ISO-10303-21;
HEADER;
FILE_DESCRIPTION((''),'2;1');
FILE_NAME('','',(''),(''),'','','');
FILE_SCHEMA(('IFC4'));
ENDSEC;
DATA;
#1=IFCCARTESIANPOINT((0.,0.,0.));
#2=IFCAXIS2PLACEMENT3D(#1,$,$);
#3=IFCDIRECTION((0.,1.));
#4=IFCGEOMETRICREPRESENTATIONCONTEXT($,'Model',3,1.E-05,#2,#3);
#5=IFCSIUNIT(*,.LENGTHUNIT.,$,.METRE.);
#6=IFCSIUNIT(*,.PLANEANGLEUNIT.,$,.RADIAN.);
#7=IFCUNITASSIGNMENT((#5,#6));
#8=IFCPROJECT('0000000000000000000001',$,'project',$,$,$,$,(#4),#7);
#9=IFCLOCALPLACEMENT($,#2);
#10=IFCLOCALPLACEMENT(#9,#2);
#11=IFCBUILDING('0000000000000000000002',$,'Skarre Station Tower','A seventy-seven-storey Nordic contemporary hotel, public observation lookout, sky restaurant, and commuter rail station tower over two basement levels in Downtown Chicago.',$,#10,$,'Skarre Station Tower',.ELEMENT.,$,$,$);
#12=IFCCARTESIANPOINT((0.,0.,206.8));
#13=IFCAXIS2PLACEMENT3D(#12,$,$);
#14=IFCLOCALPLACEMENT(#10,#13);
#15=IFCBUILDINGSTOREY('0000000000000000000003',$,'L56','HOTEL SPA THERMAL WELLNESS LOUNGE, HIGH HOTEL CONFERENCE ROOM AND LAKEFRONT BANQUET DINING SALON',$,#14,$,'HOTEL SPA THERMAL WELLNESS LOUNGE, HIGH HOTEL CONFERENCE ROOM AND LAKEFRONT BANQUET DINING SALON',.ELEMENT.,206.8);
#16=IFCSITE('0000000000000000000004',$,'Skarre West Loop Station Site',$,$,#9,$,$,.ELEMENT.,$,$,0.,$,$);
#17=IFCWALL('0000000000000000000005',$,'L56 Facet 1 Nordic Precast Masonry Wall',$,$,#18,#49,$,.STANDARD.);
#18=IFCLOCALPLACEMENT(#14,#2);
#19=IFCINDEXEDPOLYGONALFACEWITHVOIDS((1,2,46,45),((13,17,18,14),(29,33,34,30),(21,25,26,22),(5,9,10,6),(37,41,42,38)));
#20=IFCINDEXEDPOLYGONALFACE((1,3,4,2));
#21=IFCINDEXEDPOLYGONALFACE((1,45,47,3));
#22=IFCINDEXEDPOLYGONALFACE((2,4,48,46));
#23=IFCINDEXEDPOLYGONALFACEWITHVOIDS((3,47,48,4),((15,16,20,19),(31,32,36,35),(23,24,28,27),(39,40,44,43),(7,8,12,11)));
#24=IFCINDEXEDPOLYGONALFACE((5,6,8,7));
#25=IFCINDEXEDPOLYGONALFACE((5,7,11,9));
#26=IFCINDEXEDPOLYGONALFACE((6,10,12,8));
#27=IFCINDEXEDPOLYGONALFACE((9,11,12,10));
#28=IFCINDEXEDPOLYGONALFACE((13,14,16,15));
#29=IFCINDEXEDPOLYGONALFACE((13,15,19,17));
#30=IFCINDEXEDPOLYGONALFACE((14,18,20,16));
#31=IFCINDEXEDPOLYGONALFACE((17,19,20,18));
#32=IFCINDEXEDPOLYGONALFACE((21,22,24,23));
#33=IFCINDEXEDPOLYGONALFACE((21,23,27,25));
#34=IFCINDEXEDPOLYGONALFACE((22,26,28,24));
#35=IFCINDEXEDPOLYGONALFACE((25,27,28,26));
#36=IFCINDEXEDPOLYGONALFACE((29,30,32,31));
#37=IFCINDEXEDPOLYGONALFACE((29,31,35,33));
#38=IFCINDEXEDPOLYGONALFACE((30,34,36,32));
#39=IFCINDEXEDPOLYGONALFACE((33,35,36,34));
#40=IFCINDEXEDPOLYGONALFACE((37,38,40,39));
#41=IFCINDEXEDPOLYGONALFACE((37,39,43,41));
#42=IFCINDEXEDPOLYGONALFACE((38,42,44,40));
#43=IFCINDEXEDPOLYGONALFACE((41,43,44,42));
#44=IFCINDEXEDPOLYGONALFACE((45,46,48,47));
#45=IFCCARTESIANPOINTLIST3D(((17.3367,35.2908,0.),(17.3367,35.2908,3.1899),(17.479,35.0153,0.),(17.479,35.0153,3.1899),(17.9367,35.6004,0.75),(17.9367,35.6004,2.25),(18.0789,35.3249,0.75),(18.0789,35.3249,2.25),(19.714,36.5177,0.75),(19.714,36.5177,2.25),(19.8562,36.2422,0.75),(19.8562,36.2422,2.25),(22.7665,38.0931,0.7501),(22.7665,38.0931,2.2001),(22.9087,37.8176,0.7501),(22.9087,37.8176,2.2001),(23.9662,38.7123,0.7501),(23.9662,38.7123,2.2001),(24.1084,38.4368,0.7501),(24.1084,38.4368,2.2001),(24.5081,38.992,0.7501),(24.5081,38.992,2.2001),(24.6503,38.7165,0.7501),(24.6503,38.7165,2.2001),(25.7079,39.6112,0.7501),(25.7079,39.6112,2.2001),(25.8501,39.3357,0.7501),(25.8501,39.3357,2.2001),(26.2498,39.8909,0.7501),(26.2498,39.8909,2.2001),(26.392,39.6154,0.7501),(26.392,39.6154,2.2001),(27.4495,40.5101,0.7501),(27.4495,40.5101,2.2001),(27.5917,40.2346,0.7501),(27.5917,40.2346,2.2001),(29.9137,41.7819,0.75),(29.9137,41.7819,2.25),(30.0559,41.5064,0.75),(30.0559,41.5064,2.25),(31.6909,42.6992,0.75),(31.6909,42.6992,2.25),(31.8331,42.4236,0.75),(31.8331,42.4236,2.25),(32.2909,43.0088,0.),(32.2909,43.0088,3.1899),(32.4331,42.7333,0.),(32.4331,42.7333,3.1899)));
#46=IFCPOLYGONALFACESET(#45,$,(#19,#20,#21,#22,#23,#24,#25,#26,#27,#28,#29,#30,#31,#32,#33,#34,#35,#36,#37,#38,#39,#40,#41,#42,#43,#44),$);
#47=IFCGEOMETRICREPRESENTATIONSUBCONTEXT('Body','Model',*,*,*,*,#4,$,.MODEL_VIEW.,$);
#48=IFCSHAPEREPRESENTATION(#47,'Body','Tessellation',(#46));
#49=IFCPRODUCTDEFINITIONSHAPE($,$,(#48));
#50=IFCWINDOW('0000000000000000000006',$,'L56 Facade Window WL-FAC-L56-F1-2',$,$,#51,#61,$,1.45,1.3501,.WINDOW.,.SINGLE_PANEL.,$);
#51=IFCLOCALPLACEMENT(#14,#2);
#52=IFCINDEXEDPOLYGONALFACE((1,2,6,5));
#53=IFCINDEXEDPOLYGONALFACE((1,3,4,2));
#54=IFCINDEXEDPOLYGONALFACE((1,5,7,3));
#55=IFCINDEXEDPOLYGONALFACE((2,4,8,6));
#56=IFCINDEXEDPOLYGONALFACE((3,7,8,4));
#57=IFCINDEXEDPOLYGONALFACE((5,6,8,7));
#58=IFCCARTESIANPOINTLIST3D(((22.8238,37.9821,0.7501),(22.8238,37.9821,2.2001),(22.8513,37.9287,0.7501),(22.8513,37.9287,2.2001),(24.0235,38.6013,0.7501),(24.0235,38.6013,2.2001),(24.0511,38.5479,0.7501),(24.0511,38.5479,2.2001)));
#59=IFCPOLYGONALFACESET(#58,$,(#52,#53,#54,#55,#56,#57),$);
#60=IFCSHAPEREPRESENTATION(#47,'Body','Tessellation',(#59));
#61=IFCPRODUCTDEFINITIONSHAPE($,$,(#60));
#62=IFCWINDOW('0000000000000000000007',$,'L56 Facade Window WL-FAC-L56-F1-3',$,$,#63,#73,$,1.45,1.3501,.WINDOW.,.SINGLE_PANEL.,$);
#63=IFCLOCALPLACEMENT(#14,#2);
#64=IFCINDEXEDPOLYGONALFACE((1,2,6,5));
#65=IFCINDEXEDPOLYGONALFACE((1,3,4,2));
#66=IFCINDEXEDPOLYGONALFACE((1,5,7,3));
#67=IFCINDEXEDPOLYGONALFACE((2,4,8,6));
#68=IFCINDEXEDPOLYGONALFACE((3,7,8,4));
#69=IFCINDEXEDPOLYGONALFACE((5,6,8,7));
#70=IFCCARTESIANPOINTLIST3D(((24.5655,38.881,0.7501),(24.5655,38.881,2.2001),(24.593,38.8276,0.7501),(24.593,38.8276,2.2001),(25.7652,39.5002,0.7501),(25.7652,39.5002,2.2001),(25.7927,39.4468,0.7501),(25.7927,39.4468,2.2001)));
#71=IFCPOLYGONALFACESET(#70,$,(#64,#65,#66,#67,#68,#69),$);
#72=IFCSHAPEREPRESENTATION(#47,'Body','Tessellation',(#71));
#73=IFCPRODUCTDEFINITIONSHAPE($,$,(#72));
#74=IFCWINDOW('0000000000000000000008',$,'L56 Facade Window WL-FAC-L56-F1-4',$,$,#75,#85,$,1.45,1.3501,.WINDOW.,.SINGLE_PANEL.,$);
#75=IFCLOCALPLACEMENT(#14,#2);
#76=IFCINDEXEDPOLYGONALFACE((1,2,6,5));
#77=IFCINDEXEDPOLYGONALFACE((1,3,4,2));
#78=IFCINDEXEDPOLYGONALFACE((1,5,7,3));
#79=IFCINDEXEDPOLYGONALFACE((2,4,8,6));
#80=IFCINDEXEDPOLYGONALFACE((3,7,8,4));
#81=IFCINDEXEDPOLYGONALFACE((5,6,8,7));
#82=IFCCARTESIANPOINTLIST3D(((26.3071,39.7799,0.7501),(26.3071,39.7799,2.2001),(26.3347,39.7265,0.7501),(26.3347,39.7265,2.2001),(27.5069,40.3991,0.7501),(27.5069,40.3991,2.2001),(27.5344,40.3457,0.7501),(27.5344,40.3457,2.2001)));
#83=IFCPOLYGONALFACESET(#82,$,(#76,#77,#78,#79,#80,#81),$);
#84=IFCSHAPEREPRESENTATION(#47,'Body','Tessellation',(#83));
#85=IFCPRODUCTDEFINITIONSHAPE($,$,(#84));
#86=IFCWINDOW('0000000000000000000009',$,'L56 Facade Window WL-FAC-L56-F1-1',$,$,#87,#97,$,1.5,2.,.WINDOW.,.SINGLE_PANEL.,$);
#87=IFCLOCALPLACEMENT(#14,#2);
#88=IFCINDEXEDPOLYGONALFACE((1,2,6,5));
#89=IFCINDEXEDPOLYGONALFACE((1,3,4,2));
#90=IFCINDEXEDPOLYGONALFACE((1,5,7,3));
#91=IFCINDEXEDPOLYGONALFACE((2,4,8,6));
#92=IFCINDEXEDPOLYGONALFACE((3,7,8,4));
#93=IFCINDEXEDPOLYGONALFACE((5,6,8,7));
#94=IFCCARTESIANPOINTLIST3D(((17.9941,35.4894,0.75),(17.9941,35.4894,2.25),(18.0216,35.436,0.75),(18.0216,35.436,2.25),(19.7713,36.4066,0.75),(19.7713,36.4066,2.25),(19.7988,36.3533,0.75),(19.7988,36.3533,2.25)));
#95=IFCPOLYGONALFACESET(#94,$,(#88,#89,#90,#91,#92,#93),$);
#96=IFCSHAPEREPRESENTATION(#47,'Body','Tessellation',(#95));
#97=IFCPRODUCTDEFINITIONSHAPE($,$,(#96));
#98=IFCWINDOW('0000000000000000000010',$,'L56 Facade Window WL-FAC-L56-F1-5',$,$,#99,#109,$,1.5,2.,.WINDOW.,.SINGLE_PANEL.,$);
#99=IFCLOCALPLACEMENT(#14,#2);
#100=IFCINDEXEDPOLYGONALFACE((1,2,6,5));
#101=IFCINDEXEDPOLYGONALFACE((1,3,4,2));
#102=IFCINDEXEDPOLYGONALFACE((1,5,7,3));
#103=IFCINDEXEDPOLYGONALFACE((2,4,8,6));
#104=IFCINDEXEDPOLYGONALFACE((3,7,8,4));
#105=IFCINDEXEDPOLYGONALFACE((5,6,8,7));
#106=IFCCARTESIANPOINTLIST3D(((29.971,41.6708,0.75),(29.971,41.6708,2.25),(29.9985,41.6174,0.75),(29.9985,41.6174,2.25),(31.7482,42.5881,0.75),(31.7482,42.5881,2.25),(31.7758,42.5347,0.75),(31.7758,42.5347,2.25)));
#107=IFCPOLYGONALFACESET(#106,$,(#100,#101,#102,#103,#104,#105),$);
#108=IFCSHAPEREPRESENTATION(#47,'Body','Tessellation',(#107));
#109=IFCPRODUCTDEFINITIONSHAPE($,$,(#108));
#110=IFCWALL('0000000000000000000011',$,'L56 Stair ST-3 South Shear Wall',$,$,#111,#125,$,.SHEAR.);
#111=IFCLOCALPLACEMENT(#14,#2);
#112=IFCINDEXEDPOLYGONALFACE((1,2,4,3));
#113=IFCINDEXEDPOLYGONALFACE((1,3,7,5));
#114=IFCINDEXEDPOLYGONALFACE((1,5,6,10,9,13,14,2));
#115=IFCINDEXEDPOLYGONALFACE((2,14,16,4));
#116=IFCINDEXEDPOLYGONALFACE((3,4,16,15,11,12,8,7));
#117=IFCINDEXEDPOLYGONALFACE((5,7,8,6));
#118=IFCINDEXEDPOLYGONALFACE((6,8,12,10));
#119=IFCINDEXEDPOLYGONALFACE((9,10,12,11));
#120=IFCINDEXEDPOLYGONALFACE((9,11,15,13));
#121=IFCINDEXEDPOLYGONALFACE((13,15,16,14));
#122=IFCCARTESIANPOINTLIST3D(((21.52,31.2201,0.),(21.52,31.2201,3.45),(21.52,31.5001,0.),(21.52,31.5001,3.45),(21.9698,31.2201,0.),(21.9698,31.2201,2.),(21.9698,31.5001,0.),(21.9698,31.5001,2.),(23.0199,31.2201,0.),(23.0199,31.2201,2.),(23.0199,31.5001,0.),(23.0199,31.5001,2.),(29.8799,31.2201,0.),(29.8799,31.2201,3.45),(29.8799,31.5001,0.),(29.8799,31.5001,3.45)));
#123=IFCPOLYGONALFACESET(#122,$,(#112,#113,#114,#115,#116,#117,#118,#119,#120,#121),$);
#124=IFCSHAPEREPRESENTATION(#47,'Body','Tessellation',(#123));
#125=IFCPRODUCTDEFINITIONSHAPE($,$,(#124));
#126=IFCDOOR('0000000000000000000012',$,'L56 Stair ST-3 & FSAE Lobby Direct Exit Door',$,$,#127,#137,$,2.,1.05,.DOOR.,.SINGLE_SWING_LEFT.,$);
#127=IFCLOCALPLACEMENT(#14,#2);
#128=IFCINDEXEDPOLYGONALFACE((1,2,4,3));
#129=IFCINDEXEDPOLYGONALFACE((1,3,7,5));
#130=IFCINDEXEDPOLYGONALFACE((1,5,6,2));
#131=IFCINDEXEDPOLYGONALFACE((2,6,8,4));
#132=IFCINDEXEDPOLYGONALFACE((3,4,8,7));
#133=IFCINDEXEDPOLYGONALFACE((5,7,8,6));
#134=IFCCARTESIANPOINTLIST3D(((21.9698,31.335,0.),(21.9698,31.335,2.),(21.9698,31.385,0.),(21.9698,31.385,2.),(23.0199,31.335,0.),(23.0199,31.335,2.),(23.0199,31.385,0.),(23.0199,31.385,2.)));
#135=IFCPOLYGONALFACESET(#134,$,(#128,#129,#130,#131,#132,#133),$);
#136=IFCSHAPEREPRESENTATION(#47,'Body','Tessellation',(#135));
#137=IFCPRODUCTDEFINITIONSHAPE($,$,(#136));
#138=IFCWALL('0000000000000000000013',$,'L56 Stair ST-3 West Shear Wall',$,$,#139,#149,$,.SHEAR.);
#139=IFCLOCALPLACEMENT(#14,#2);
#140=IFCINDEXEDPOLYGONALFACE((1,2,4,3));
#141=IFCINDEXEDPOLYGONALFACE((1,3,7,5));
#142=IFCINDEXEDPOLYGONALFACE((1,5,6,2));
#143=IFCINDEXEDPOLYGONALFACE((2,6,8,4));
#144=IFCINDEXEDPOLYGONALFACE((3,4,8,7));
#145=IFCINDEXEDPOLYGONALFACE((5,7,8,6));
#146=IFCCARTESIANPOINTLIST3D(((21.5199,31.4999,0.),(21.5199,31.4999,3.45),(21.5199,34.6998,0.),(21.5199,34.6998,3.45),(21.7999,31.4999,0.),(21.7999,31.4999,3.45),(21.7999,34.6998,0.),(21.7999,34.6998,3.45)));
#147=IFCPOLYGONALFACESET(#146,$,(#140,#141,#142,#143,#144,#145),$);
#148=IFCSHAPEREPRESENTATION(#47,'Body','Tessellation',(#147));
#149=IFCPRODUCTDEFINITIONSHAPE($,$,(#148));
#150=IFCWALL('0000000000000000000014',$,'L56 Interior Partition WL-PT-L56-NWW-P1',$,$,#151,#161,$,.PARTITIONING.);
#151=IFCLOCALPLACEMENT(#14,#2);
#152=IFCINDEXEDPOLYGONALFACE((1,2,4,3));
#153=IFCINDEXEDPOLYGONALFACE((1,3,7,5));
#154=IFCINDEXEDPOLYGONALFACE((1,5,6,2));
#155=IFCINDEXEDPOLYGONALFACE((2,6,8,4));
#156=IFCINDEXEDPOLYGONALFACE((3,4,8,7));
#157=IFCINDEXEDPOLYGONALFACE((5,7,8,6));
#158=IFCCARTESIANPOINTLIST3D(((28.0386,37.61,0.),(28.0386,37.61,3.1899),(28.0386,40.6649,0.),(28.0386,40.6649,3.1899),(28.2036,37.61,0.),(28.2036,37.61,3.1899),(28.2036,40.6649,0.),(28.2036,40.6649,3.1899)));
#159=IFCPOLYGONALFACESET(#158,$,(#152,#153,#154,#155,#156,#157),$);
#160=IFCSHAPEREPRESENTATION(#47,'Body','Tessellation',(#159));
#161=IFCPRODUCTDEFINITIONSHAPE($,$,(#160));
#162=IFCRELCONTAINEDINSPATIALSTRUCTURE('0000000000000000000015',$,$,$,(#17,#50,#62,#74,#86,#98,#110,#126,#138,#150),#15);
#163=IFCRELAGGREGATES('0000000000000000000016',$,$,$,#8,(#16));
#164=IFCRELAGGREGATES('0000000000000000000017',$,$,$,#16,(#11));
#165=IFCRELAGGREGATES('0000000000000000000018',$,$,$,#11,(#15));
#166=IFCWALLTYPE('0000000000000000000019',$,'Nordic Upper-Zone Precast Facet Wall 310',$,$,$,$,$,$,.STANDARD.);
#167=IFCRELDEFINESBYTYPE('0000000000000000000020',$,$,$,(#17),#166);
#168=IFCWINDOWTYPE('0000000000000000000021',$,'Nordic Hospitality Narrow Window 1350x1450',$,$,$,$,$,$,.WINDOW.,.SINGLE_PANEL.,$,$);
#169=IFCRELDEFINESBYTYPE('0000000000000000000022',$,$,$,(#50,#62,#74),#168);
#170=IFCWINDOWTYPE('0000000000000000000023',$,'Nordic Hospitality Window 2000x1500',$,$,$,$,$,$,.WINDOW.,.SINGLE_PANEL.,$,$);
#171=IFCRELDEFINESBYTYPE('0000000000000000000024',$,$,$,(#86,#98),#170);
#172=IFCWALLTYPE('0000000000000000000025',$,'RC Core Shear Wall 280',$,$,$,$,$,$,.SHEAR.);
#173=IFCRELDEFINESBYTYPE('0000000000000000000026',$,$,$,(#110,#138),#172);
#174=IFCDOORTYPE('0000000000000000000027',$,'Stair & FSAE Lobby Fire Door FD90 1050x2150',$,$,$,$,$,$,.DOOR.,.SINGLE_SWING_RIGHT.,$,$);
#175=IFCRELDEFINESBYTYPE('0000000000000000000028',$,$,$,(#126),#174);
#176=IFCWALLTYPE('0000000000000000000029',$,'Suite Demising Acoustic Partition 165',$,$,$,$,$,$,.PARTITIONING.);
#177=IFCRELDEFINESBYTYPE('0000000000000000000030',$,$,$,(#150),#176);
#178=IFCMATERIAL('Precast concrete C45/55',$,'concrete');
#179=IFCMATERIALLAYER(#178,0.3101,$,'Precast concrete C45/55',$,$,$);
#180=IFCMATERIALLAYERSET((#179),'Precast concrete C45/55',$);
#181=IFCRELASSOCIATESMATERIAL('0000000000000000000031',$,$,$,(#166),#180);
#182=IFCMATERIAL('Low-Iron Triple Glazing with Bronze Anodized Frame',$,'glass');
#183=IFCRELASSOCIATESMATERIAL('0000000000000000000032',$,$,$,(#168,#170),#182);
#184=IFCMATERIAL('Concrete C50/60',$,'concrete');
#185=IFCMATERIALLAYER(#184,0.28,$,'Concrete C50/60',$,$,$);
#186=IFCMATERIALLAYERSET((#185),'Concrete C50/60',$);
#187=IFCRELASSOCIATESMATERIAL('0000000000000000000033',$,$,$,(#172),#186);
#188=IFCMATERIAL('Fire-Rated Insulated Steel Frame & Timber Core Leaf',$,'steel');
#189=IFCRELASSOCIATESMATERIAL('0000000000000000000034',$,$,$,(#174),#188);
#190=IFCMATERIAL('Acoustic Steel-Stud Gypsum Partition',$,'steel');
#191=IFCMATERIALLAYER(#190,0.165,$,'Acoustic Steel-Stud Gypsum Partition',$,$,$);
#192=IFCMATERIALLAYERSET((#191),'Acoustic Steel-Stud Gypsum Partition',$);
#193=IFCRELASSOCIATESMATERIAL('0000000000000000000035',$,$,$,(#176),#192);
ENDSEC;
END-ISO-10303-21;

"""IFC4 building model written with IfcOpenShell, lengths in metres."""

from ifc_helpers import new_model, si_unit, direction, frame, frame_2d, origin, place, context, subcontext, project, spatial, rectangle, extrude, material, layer, layer_set, type_object, element, fill, save


model = new_model("IFC4")

# Units and contexts
model_context = context("Model", 3, precision=1e-05, world=origin(), true_north=direction((0.0, 1.0)))
body_context = subcontext(model_context, "Body", "Model", "MODEL_VIEW")
ifc_project = project(units=[si_unit("LENGTHUNIT", "METRE"), si_unit("PLANEANGLEUNIT", "RADIAN")], contexts=[model_context])

# Site, building, storey
site_placement = place(None, origin())
site = spatial("IfcSite", under=ifc_project, at=site_placement, Name="Skarre West Loop Station Site", CompositionType="ELEMENT", RefElevation=0.0)
building_placement = place(site_placement, origin())
building = spatial("IfcBuilding", under=site, at=building_placement, Name="Skarre Station Tower", Description="A seventy-seven-storey Nordic contemporary hotel, public observation lookout, sky restaurant, and commuter rail station tower over two basement levels in Downtown Chicago.", LongName="Skarre Station Tower", CompositionType="ELEMENT")
storey_placement = place(building_placement, frame((0.0, 0.0, 206.8)))
storey = spatial("IfcBuildingStorey", under=building, at=storey_placement, Name="L56", Description="HOTEL SPA THERMAL WELLNESS LOUNGE, HIGH HOTEL CONFERENCE ROOM AND LAKEFRONT BANQUET DINING SALON", LongName="HOTEL SPA THERMAL WELLNESS LOUNGE, HIGH HOTEL CONFERENCE ROOM AND LAKEFRONT BANQUET DINING SALON", CompositionType="ELEMENT", Elevation=206.8)

# Shared definitions
ifc_material_1 = material(Name="Concrete C50/60", Category="concrete")

# Shared definitions
ifc_material_2 = material(Name="Acoustic Steel-Stud Gypsum Partition", Category="steel")

# Shared definitions
ifc_material_3 = material(Name="Precast concrete C45/55", Category="concrete")

# Wall, openings, windows
ifc_layer_1 = layer(ifc_material_3, 0.3101, Name="Precast concrete C45/55")
ifc_layer_set_1 = layer_set([ifc_layer_1], Name="Precast concrete C45/55")
wall_type_1 = type_object("IfcWallType", Name="Nordic Upper-Zone Precast Facet Wall 310", PredefinedType="STANDARD", material=ifc_layer_set_1)
wall_1_placement = place(storey_placement, frame((17.408, 35.1531, 0.0), z_axis=(0.0, 0.0, 1.0), x_axis=(0.888626, 0.458632, 0.0)))
wall_1 = element("IfcWall", 1, at=wall_1_placement, inside=storey, type_object=wall_type_1, Name="L56 Facet 1 Nordic Precast Masonry Wall", PredefinedType="STANDARD", context=body_context, shape_type="SweptSolid", body=[
    extrude(rectangle(XDim=16.8284, YDim=0.3101, at=frame_2d((8.4141, 0.0))), origin(), (0.0, 0.0, 1.0), 3.1899),
])
opening_1_placement = place(wall_1_placement, frame((0.675, 0.0, 0.75)))
opening_1 = element("IfcOpeningElement", 2, at=opening_1_placement, cuts=wall_1, PredefinedType="OPENING", context=body_context, shape_type="SweptSolid", body=[
    extrude(rectangle(XDim=2.0, YDim=1.5, at=frame_2d((1.0, 0.75))), frame((0.0, 0.165, 0.0), z_axis=(0.0, -1.0, 0.0), x_axis=(1.0, 0.0, 0.0)), (0.0, 0.0, 1.0), 0.3301),
])
opening_2_placement = place(wall_1_placement, frame((6.1101, 0.0, 0.75)))
opening_2 = element("IfcOpeningElement", 3, at=opening_2_placement, cuts=wall_1, PredefinedType="OPENING", context=body_context, shape_type="SweptSolid", body=[
    extrude(rectangle(XDim=1.3501, YDim=1.45, at=frame_2d((0.675, 0.7251))), frame((0.0, 0.165, 0.0), z_axis=(0.0, -1.0, 0.0), x_axis=(1.0, 0.0, 0.0)), (0.0, 0.0, 1.0), 0.3301),
])
opening_3_placement = place(wall_1_placement, frame((8.0701, 0.0, 0.75)))
opening_3 = element("IfcOpeningElement", 4, at=opening_3_placement, cuts=wall_1, PredefinedType="OPENING", context=body_context, shape_type="SweptSolid", body=[
    extrude(rectangle(XDim=1.3501, YDim=1.45, at=frame_2d((0.675, 0.7251))), frame((0.0, 0.165, 0.0), z_axis=(0.0, -1.0, 0.0), x_axis=(1.0, 0.0, 0.0)), (0.0, 0.0, 1.0), 0.3301),
])
opening_4_placement = place(wall_1_placement, frame((10.03, 0.0, 0.75)))
opening_4 = element("IfcOpeningElement", 5, at=opening_4_placement, cuts=wall_1, PredefinedType="OPENING", context=body_context, shape_type="SweptSolid", body=[
    extrude(rectangle(XDim=1.3501, YDim=1.45, at=frame_2d((0.675, 0.7251))), frame((0.0, 0.165, 0.0), z_axis=(0.0, -1.0, 0.0), x_axis=(1.0, 0.0, 0.0)), (0.0, 0.0, 1.0), 0.3301),
])
opening_5_placement = place(wall_1_placement, frame((14.1531, 0.0, 0.75)))
opening_5 = element("IfcOpeningElement", 6, at=opening_5_placement, cuts=wall_1, PredefinedType="OPENING", context=body_context, shape_type="SweptSolid", body=[
    extrude(rectangle(XDim=2.0, YDim=1.5, at=frame_2d((1.0, 0.75))), frame((0.0, 0.165, 0.0), z_axis=(0.0, -1.0, 0.0), x_axis=(1.0, 0.0, 0.0)), (0.0, 0.0, 1.0), 0.3301),
])
ifc_material_4 = material(Name="Low-Iron Triple Glazing with Bronze Anodized Frame", Category="glass")
window_type_1 = type_object("IfcWindowType", Name="Nordic Hospitality Narrow Window 1350x1450", PartitioningType="SINGLE_PANEL", PredefinedType="WINDOW", material=ifc_material_4)
window_1_placement = place(opening_2_placement, origin())
window_1 = element("IfcWindow", 7, at=window_1_placement, inside=storey, type_object=window_type_1, Name="L56 Facade Window WL-FAC-L56-F1-2", OverallHeight=1.45, OverallWidth=1.3501, PartitioningType="SINGLE_PANEL", PredefinedType="WINDOW", context=body_context, shape_type="SweptSolid", body=[
    extrude(rectangle(XDim=1.3501, YDim=1.45, at=frame_2d((0.675, 0.7251))), frame((0.0, 0.03, 0.0), z_axis=(0.0, -1.0, 0.0), x_axis=(1.0, 0.0, 0.0)), (0.0, 0.0, 1.0), 0.0601),
])
fill(opening_2, window_1)
window_2_placement = place(opening_3_placement, origin())
window_2 = element("IfcWindow", 8, at=window_2_placement, inside=storey, type_object=window_type_1, Name="L56 Facade Window WL-FAC-L56-F1-3", OverallHeight=1.45, OverallWidth=1.3501, PartitioningType="SINGLE_PANEL", PredefinedType="WINDOW", context=body_context, shape_type="SweptSolid", body=[
    extrude(rectangle(XDim=1.3501, YDim=1.45, at=frame_2d((0.675, 0.7251))), frame((0.0, 0.03, 0.0), z_axis=(0.0, -1.0, 0.0), x_axis=(1.0, 0.0, 0.0)), (0.0, 0.0, 1.0), 0.0601),
])
fill(opening_3, window_2)
window_3_placement = place(opening_4_placement, origin())
window_3 = element("IfcWindow", 9, at=window_3_placement, inside=storey, type_object=window_type_1, Name="L56 Facade Window WL-FAC-L56-F1-4", OverallHeight=1.45, OverallWidth=1.3501, PartitioningType="SINGLE_PANEL", PredefinedType="WINDOW", context=body_context, shape_type="SweptSolid", body=[
    extrude(rectangle(XDim=1.3501, YDim=1.45, at=frame_2d((0.675, 0.7251))), frame((0.0, 0.03, 0.0), z_axis=(0.0, -1.0, 0.0), x_axis=(1.0, 0.0, 0.0)), (0.0, 0.0, 1.0), 0.0601),
])
fill(opening_4, window_3)
window_type_2 = type_object("IfcWindowType", Name="Nordic Hospitality Window 2000x1500", PartitioningType="SINGLE_PANEL", PredefinedType="WINDOW", material=ifc_material_4)
window_4_placement = place(opening_1_placement, origin())
window_4 = element("IfcWindow", 10, at=window_4_placement, inside=storey, type_object=window_type_2, Name="L56 Facade Window WL-FAC-L56-F1-1", OverallHeight=1.5, OverallWidth=2.0, PartitioningType="SINGLE_PANEL", PredefinedType="WINDOW", context=body_context, shape_type="SweptSolid", body=[
    extrude(rectangle(XDim=2.0, YDim=1.5, at=frame_2d((1.0, 0.75))), frame((0.0, 0.03, 0.0), z_axis=(0.0, -1.0, 0.0), x_axis=(1.0, 0.0, 0.0)), (0.0, 0.0, 1.0), 0.0601),
])
fill(opening_1, window_4)
window_5_placement = place(opening_5_placement, origin())
window_5 = element("IfcWindow", 11, at=window_5_placement, inside=storey, type_object=window_type_2, Name="L56 Facade Window WL-FAC-L56-F1-5", OverallHeight=1.5, OverallWidth=2.0, PartitioningType="SINGLE_PANEL", PredefinedType="WINDOW", context=body_context, shape_type="SweptSolid", body=[
    extrude(rectangle(XDim=2.0, YDim=1.5, at=frame_2d((1.0, 0.75))), frame((0.0, 0.03, 0.0), z_axis=(0.0, -1.0, 0.0), x_axis=(1.0, 0.0, 0.0)), (0.0, 0.0, 1.0), 0.0601),
])
fill(opening_5, window_5)

# Wall, opening, door
ifc_layer_2 = layer(ifc_material_1, 0.28, Name="Concrete C50/60")
ifc_layer_set_2 = layer_set([ifc_layer_2], Name="Concrete C50/60")
wall_type_2 = type_object("IfcWallType", Name="RC Core Shear Wall 280", PredefinedType="SHEAR", material=ifc_layer_set_2)
wall_2_placement = place(storey_placement, frame((21.52, 31.3601, 0.0), z_axis=(0.0, 0.0, 1.0), x_axis=(1.0, 0.0, 0.0)))
wall_2 = element("IfcWall", 12, at=wall_2_placement, inside=storey, type_object=wall_type_2, Name="L56 Stair ST-3 South Shear Wall", PredefinedType="SHEAR", context=body_context, shape_type="SweptSolid", body=[
    extrude(rectangle(XDim=8.3599, YDim=0.28, at=frame_2d((4.1799, 0.0))), origin(), (0.0, 0.0, 1.0), 3.45),
])
opening_6_placement = place(wall_2_placement, frame((0.45, 0.0, 0.0)))
opening_6 = element("IfcOpeningElement", 13, at=opening_6_placement, cuts=wall_2, PredefinedType="OPENING", context=body_context, shape_type="SweptSolid", body=[
    extrude(rectangle(XDim=1.05, YDim=2.0, at=frame_2d((0.5249, 1.0))), frame((0.0, 0.1499, 0.0), z_axis=(0.0, -1.0, 0.0), x_axis=(1.0, 0.0, 0.0)), (0.0, 0.0, 1.0), 0.3),
])
ifc_material_5 = material(Name="Fire-Rated Insulated Steel Frame & Timber Core Leaf", Category="steel")
door_type_1 = type_object("IfcDoorType", Name="Stair & FSAE Lobby Fire Door FD90 1050x2150", OperationType="SINGLE_SWING_RIGHT", PredefinedType="DOOR", material=ifc_material_5)
door_1_placement = place(opening_6_placement, origin())
door_1 = element("IfcDoor", 14, at=door_1_placement, inside=storey, type_object=door_type_1, Name="L56 Stair ST-3 & FSAE Lobby Direct Exit Door", OperationType="SINGLE_SWING_LEFT", OverallHeight=2.0, OverallWidth=1.05, PredefinedType="DOOR", context=body_context, shape_type="SweptSolid", body=[
    extrude(rectangle(XDim=1.05, YDim=2.0, at=frame_2d((0.5249, 1.0))), frame((0.0, 0.0249, 0.0), z_axis=(0.0, -1.0, 0.0), x_axis=(1.0, 0.0, 0.0)), (0.0, 0.0, 1.0), 0.05),
])
fill(opening_6, door_1)

# Walls
wall_3_placement = place(storey_placement, frame((21.6599, 34.7, 0.0), z_axis=(0.0, 0.0, 1.0), x_axis=(0.0, -1.0, 0.0)))
element("IfcWall", 15, at=wall_3_placement, inside=storey, type_object=wall_type_2, Name="L56 Stair ST-3 West Shear Wall", PredefinedType="SHEAR", context=body_context, shape_type="SweptSolid", body=[
    extrude(rectangle(XDim=3.2, YDim=0.28, at=frame_2d((1.6001, 0.0))), origin(), (0.0, 0.0, 1.0), 3.45),
])
ifc_layer_3 = layer(ifc_material_2, 0.165, Name="Acoustic Steel-Stud Gypsum Partition")
ifc_layer_set_3 = layer_set([ifc_layer_3], Name="Acoustic Steel-Stud Gypsum Partition")
wall_type_3 = type_object("IfcWallType", Name="Suite Demising Acoustic Partition 165", PredefinedType="PARTITIONING", material=ifc_layer_set_3)
wall_4_placement = place(storey_placement, frame((28.1211, 37.6101, 0.0), z_axis=(0.0, 0.0, 1.0), x_axis=(0.0, 1.0, 0.0)))
element("IfcWall", 16, at=wall_4_placement, inside=storey, type_object=wall_type_3, Name="L56 Interior Partition WL-PT-L56-NWW-P1", PredefinedType="PARTITIONING", context=body_context, shape_type="SweptSolid", body=[
    extrude(rectangle(XDim=3.0549, YDim=0.165, at=frame_2d((1.5273, 0.0))), origin(), (0.0, 0.0, 1.0), 3.1899),
])

save(model, "model.ifc")
